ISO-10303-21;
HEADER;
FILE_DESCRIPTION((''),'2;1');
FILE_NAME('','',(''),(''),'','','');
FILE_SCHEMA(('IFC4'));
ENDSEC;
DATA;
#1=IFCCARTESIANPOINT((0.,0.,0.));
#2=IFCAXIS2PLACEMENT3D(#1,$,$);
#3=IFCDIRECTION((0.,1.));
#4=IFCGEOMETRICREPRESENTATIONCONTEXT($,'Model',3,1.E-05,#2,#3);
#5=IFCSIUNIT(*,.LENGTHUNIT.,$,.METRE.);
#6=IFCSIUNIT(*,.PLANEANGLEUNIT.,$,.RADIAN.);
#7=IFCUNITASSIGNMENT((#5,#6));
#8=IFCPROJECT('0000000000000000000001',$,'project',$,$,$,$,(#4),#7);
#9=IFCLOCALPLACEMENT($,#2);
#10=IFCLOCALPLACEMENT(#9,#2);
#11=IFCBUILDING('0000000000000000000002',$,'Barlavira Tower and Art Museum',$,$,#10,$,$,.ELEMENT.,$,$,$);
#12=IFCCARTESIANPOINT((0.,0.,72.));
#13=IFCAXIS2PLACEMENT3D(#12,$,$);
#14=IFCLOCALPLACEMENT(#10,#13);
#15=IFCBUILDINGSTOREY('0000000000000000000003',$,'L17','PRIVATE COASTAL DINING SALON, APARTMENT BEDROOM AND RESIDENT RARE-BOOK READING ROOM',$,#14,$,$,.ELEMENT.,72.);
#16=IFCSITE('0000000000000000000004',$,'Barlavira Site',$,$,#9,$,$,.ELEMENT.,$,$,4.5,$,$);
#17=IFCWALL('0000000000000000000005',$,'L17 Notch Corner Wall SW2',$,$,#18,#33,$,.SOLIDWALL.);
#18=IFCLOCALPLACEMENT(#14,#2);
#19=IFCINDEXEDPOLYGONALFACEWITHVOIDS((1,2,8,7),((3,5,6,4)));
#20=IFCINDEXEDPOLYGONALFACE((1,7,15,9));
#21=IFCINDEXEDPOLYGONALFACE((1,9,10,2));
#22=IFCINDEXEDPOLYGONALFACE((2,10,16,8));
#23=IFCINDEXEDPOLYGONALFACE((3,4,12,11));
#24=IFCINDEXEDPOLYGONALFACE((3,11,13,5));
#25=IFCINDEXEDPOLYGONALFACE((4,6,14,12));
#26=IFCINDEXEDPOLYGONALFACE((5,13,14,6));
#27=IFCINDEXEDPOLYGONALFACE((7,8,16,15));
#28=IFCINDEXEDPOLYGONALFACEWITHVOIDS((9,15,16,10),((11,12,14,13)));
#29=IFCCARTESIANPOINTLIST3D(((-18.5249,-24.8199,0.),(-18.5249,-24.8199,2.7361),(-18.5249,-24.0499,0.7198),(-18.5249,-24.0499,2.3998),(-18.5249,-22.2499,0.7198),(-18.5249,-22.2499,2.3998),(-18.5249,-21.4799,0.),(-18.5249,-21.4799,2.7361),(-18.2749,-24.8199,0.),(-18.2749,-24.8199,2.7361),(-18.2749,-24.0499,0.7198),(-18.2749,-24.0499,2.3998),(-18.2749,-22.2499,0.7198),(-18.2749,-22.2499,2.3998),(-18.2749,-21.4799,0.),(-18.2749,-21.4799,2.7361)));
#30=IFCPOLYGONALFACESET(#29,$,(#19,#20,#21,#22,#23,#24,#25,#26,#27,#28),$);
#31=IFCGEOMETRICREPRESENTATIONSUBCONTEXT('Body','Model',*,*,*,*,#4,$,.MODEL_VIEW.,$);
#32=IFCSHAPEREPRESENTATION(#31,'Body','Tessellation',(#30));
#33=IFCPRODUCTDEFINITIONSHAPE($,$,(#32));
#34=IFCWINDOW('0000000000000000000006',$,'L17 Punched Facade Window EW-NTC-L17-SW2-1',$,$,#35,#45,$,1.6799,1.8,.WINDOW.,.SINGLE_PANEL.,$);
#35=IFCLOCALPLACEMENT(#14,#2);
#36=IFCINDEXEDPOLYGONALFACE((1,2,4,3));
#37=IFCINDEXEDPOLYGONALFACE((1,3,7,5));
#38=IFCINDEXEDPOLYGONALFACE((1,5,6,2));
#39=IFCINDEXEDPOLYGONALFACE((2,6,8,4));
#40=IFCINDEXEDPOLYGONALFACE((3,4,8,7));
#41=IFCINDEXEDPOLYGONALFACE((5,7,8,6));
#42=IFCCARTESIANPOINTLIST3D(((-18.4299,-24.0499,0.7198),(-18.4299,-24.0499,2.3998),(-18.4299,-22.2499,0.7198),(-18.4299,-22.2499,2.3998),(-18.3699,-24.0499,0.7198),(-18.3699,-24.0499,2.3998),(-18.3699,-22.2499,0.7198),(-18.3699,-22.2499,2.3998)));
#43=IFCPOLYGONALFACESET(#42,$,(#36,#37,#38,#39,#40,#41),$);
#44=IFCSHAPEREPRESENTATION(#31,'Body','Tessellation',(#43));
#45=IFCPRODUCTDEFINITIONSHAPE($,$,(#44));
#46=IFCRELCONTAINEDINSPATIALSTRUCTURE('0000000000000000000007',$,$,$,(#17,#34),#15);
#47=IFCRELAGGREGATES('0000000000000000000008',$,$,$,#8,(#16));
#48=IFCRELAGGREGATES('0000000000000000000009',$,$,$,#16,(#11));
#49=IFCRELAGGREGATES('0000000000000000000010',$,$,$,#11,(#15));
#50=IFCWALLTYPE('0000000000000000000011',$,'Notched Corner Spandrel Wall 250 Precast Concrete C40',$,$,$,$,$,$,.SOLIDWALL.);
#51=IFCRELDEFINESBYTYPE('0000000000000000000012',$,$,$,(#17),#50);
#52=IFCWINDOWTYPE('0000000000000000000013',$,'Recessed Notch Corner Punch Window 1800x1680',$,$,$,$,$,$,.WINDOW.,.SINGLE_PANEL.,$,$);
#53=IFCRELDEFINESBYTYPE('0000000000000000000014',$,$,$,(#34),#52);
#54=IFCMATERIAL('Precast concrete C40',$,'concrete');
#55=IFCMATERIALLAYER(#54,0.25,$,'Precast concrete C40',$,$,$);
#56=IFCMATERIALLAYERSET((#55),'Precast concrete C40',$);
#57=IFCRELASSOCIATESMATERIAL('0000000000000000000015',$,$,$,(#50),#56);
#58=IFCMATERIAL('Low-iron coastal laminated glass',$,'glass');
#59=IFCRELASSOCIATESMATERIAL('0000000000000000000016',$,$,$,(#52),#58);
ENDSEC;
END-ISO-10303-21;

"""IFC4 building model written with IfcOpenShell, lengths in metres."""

from ifc_helpers import new_model, si_unit, direction, frame, frame_2d, origin, place, context, subcontext, project, spatial, rectangle, extrude, material, layer, layer_set, type_object, element, fill, save


model = new_model("IFC4")

# Units and contexts
model_context = context("Model", 3, precision=1e-05, world=origin(), true_north=direction((0.0, 1.0)))
body_context = subcontext(model_context, "Body", "Model", "MODEL_VIEW")
ifc_project = project(units=[si_unit("LENGTHUNIT", "METRE"), si_unit("PLANEANGLEUNIT", "RADIAN")], contexts=[model_context])

# Site, building, storey
site_placement = place(None, origin())
site = spatial("IfcSite", under=ifc_project, at=site_placement, Name="Barlavira Site", CompositionType="ELEMENT", RefElevation=4.5)
building_placement = place(site_placement, origin())
building = spatial("IfcBuilding", under=site, at=building_placement, Name="Barlavira Tower and Art Museum", CompositionType="ELEMENT")
storey_placement = place(building_placement, frame((0.0, 0.0, 72.0)))
storey = spatial("IfcBuildingStorey", under=building, at=storey_placement, Name="L17", Description="PRIVATE COASTAL DINING SALON, APARTMENT BEDROOM AND RESIDENT RARE-BOOK READING ROOM", CompositionType="ELEMENT", Elevation=72.0)

# Shared definitions
ifc_material_1 = material(Name="Precast concrete C40", Category="concrete")
ifc_layer_1 = layer(ifc_material_1, 0.25, Name="Precast concrete C40")
ifc_layer_set_1 = layer_set([ifc_layer_1], Name="Precast concrete C40")
wall_type_1 = type_object("IfcWallType", Name="Notched Corner Spandrel Wall 250 Precast Concrete C40", PredefinedType="SOLIDWALL", material=ifc_layer_set_1)
ifc_material_2 = material(Name="Low-iron coastal laminated glass", Category="glass")
window_type = type_object("IfcWindowType", Name="Recessed Notch Corner Punch Window 1800x1680", PartitioningType="SINGLE_PANEL", PredefinedType="WINDOW", material=ifc_material_2)

# Wall, opening, window
wall_1_placement = place(storey_placement, frame((-18.3999, -21.48, 0.0), z_axis=(0.0, 0.0, 1.0), x_axis=(0.0, -1.0, 0.0)))
wall_1 = element("IfcWall", 1, at=wall_1_placement, inside=storey, type_object=wall_type_1, Name="L17 Notch Corner Wall SW2", PredefinedType="SOLIDWALL", context=body_context, shape_type="SweptSolid", body=[
    extrude(rectangle(XDim=3.3401, YDim=0.25, at=frame_2d((1.6699, 0.0))), origin(), (0.0, 0.0, 1.0), 2.7361),
])
opening_1_placement = place(wall_1_placement, frame((0.77, 0.0, 0.72)))
opening_1 = element("IfcOpeningElement", 2, at=opening_1_placement, cuts=wall_1, PredefinedType="OPENING", context=body_context, shape_type="SweptSolid", body=[
    extrude(rectangle(XDim=1.8, YDim=1.6799, at=frame_2d((0.8999, 0.8398))), frame((0.0, 0.135, 0.0), z_axis=(0.0, -1.0, 0.0), x_axis=(1.0, 0.0, 0.0)), (0.0, 0.0, 1.0), 0.27),
])
window_1_placement = place(opening_1_placement, origin())
window_1 = element("IfcWindow", 3, at=window_1_placement, inside=storey, type_object=window_type, Name="L17 Punched Facade Window EW-NTC-L17-SW2-1", OverallHeight=1.6799, OverallWidth=1.8, PartitioningType="SINGLE_PANEL", PredefinedType="WINDOW", context=body_context, shape_type="SweptSolid", body=[
    extrude(rectangle(XDim=1.8, YDim=1.6799, at=frame_2d((0.8999, 0.8398))), frame((0.0, 0.03, 0.0), z_axis=(0.0, -1.0, 0.0), x_axis=(1.0, 0.0, 0.0)), (0.0, 0.0, 1.0), 0.0601),
])
fill(opening_1, window_1)

save(model, "model.ifc")
